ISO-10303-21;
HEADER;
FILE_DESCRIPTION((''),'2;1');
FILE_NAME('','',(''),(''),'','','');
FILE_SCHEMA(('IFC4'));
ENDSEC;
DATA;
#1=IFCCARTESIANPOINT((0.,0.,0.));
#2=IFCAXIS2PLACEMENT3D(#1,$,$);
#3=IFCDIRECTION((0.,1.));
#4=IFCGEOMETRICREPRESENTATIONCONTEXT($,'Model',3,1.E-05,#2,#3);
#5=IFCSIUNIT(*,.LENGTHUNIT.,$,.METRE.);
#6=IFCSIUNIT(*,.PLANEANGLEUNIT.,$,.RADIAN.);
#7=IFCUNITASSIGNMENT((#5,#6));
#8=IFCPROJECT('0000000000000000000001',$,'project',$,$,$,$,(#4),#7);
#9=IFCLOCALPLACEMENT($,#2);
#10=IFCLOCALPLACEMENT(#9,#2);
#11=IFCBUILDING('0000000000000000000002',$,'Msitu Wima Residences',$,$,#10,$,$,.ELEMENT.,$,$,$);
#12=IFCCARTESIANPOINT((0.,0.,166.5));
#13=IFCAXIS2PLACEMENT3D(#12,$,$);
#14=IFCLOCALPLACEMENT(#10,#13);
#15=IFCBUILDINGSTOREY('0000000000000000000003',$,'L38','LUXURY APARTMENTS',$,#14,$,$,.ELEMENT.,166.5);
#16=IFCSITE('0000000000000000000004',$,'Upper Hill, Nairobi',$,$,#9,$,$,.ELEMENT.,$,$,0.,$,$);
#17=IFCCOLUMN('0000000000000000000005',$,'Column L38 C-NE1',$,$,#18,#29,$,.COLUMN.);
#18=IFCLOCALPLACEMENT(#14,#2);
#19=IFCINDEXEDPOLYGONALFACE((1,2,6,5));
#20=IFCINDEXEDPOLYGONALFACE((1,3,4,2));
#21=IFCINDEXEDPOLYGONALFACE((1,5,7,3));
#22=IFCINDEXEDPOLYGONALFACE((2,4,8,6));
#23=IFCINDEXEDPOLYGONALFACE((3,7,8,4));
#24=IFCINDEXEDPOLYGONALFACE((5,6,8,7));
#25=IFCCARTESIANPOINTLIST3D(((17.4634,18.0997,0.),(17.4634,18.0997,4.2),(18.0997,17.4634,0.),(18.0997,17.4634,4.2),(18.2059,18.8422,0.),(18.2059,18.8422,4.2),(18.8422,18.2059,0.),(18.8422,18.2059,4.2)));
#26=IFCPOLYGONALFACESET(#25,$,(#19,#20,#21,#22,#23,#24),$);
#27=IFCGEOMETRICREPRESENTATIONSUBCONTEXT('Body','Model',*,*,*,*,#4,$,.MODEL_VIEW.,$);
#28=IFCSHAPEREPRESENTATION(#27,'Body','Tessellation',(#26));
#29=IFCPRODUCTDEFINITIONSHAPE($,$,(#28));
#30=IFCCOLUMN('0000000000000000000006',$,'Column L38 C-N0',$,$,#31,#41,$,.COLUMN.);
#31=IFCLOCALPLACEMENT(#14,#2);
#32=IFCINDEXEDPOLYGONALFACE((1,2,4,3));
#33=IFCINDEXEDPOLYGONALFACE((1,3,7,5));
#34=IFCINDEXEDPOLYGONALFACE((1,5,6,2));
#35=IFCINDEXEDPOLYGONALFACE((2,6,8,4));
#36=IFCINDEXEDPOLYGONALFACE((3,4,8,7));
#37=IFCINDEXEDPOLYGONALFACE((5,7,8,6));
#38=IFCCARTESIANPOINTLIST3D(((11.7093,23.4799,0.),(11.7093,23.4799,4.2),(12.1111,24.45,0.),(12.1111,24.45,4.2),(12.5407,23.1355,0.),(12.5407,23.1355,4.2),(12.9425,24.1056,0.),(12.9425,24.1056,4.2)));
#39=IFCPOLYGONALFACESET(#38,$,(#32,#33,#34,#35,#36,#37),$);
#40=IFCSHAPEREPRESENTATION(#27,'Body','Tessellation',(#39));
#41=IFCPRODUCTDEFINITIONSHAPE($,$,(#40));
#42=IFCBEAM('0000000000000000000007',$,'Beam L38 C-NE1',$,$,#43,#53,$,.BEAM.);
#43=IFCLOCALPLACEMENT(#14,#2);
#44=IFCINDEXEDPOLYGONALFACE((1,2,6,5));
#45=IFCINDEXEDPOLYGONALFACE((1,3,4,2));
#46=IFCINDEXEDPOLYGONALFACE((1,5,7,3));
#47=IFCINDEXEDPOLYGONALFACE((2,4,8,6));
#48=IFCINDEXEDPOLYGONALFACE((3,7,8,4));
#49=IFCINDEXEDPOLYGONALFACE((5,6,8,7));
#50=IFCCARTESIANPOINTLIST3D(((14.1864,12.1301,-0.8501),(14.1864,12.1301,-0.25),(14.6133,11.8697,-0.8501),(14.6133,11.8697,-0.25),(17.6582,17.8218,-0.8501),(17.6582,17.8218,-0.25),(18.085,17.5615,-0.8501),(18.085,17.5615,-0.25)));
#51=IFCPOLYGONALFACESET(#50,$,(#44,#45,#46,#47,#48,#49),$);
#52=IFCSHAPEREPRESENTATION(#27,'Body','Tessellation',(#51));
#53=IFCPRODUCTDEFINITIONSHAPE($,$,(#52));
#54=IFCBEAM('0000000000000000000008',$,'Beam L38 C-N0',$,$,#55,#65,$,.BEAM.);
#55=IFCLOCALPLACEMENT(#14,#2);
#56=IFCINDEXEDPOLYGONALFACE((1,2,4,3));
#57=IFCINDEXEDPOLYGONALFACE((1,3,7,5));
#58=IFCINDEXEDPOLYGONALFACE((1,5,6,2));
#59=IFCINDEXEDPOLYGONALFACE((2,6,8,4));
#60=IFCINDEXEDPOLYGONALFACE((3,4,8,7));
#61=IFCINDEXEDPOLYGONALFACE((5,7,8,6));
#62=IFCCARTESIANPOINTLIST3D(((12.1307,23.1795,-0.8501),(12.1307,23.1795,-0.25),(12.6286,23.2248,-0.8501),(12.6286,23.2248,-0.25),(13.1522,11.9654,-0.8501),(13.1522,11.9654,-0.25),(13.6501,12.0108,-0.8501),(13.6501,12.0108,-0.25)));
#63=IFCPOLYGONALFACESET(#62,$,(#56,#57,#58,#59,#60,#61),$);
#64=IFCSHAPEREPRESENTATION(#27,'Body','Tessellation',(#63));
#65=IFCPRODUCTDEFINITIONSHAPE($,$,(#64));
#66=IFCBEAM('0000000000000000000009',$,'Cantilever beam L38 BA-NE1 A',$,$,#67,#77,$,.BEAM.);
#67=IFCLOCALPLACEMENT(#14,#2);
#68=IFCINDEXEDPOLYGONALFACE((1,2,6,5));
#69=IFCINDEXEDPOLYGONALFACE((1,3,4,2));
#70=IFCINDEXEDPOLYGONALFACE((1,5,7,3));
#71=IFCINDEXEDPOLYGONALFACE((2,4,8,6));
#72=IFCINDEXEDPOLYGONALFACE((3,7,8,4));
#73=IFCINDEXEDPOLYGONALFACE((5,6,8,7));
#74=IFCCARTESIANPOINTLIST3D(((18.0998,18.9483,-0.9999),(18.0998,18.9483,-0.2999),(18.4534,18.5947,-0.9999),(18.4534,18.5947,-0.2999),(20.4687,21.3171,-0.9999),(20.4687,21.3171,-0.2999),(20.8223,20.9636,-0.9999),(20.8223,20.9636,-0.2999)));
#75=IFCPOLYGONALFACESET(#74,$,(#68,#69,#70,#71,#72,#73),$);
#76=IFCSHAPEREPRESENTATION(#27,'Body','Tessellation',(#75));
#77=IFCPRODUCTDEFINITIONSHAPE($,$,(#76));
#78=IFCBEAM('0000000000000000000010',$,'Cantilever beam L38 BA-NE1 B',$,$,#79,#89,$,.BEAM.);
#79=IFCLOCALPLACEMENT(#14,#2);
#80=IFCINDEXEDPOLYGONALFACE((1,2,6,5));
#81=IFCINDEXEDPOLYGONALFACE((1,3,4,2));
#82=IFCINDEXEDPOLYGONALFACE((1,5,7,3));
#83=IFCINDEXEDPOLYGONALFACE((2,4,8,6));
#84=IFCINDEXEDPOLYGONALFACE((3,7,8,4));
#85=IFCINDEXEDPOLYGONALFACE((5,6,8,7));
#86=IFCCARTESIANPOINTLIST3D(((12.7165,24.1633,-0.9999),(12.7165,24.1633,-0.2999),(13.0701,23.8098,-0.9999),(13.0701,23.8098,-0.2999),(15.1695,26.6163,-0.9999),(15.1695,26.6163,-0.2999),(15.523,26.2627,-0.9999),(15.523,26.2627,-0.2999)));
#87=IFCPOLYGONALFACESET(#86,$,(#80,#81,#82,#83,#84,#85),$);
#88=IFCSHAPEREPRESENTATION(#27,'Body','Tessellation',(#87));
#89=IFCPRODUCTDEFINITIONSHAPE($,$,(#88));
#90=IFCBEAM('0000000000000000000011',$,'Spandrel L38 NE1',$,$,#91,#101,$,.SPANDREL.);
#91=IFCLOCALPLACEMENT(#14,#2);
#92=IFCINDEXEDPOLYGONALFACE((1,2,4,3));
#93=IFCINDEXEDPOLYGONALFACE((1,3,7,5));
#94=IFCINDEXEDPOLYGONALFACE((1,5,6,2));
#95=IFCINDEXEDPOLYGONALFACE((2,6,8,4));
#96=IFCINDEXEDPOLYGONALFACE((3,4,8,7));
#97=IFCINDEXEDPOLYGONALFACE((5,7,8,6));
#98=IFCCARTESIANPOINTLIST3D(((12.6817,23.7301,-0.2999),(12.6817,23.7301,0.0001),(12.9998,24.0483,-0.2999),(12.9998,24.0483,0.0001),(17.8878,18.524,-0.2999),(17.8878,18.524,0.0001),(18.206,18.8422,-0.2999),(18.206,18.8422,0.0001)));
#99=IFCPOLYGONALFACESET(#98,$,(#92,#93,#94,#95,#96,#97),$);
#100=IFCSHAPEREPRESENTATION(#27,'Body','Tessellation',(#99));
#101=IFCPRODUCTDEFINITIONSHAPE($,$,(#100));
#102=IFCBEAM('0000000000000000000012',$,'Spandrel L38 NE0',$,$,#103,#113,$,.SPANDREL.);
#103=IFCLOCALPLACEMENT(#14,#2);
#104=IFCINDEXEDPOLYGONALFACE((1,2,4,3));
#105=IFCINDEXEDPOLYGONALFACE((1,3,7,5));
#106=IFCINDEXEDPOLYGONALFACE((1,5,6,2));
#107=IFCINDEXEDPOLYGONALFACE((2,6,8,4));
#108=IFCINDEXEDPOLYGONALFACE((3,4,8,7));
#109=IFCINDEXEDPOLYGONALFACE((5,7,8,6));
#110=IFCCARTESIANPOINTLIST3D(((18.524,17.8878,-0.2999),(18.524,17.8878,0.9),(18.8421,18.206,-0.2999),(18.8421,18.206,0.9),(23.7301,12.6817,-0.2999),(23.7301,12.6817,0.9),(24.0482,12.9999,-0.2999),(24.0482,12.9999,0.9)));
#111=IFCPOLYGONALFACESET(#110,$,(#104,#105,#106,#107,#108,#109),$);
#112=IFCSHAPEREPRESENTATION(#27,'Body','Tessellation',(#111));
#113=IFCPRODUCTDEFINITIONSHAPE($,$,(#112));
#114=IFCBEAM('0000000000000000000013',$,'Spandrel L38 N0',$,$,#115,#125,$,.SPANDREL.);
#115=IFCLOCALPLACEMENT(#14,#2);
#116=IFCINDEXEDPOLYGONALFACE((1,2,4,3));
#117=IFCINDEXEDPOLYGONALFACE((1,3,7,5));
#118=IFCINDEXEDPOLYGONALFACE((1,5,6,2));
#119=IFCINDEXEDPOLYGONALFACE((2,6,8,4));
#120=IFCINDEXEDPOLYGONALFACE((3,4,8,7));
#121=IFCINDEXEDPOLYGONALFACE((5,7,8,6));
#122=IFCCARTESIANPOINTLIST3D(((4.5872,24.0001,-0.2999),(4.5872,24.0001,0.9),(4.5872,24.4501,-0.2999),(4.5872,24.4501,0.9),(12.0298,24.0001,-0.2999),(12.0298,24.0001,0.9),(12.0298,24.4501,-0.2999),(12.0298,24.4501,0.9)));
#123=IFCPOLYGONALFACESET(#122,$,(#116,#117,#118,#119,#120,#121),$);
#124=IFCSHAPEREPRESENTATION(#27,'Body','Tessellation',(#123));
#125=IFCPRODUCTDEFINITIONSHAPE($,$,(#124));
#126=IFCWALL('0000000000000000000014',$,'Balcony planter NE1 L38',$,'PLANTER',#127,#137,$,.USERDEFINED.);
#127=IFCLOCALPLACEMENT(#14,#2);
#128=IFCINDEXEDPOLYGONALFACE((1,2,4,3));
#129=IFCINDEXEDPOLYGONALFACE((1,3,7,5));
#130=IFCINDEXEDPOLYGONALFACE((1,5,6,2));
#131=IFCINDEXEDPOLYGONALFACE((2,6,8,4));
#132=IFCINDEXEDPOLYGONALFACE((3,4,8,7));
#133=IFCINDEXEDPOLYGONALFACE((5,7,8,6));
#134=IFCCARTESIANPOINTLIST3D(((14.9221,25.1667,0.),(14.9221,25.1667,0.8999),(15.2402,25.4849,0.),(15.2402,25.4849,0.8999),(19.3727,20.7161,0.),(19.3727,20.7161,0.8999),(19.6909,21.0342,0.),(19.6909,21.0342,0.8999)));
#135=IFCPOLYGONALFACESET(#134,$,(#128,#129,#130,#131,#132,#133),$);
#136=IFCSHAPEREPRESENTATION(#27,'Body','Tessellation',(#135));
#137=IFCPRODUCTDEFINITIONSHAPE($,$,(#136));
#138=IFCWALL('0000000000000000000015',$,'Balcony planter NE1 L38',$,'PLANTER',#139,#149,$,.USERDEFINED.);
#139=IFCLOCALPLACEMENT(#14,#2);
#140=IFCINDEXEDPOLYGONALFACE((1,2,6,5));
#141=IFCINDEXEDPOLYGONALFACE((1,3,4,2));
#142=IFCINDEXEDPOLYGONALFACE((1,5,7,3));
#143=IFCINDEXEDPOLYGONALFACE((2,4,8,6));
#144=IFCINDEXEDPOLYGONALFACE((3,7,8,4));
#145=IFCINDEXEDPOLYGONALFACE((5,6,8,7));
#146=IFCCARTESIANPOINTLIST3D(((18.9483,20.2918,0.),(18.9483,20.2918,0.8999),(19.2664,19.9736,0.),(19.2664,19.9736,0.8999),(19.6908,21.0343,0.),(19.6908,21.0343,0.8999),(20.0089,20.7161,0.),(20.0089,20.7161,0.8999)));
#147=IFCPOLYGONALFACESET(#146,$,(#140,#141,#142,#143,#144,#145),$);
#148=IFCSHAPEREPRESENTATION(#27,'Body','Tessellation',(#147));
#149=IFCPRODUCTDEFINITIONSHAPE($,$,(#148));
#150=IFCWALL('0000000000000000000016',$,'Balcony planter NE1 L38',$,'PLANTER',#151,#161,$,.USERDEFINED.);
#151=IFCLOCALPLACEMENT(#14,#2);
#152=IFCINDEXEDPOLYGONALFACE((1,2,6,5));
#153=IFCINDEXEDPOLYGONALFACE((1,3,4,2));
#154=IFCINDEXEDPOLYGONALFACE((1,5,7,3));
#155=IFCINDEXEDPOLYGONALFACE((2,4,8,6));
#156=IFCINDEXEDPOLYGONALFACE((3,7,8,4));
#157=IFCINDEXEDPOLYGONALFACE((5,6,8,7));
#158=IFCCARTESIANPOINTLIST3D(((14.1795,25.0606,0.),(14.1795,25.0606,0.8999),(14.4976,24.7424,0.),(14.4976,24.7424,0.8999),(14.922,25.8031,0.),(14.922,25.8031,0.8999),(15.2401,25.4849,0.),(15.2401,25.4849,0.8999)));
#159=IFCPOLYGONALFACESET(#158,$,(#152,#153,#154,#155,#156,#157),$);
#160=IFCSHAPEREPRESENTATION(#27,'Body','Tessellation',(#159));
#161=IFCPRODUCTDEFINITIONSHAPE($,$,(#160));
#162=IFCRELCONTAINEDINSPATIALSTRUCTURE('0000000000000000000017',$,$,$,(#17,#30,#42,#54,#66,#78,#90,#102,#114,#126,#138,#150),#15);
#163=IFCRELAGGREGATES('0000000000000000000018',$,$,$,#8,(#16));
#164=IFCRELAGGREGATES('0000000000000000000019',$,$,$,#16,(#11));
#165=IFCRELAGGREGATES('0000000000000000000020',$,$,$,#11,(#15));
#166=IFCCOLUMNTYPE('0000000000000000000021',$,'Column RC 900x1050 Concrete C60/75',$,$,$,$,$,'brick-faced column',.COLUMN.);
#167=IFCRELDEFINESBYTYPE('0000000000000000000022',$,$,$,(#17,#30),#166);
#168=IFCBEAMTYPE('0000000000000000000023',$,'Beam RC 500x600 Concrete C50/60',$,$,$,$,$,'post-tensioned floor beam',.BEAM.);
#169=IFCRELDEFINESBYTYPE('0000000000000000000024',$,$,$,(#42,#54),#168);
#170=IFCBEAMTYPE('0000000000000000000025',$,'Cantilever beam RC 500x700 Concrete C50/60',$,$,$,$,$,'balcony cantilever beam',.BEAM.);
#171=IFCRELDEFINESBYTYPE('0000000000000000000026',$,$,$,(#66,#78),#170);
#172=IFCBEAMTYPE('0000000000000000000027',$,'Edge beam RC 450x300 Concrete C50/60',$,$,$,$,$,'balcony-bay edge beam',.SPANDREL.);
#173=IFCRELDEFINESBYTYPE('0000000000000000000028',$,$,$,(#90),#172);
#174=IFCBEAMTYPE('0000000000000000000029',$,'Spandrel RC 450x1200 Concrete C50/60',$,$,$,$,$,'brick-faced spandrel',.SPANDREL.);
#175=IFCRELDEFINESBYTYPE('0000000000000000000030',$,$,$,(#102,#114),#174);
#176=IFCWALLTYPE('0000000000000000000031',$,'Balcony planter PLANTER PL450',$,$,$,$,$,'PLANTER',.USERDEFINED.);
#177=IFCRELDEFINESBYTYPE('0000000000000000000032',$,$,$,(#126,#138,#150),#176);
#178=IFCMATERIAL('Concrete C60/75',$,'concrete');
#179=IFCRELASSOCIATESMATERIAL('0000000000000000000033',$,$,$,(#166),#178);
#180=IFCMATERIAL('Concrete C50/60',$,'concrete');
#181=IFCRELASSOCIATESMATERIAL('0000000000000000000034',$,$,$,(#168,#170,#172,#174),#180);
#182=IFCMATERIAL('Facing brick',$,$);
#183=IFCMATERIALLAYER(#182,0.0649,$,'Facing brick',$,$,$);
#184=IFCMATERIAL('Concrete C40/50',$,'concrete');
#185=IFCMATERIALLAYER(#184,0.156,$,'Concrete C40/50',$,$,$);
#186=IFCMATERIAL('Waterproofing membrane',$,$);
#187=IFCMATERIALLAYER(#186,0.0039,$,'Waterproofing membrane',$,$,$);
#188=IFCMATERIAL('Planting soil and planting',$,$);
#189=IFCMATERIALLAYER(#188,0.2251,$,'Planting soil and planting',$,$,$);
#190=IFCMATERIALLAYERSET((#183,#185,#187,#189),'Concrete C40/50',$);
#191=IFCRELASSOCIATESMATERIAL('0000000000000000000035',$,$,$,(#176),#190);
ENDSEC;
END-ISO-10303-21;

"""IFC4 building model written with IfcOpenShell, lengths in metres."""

from ifc_helpers import new_model, si_unit, direction, frame, frame_2d, origin, origin_2d, place, context, subcontext, project, spatial, rectangle, extrude, material, layer, layer_set, material_profile, profile_set, type_object, element, save


model = new_model("IFC4")

# Units and contexts
model_context = context("Model", 3, precision=1e-05, world=origin(), true_north=direction((0.0, 1.0)))
body_context = subcontext(model_context, "Body", "Model", "MODEL_VIEW")
ifc_project = project(units=[si_unit("LENGTHUNIT", "METRE"), si_unit("PLANEANGLEUNIT", "RADIAN")], contexts=[model_context])

# Site, building, storey
site_placement = place(None, origin())
site = spatial("IfcSite", under=ifc_project, at=site_placement, Name="Upper Hill, Nairobi", CompositionType="ELEMENT", RefElevation=0.0)
building_placement = place(site_placement, origin())
building = spatial("IfcBuilding", under=site, at=building_placement, Name="Msitu Wima Residences", CompositionType="ELEMENT")
storey_placement = place(building_placement, frame((0.0, 0.0, 166.5)))
storey = spatial("IfcBuildingStorey", under=building, at=storey_placement, Name="L38", Description="LUXURY APARTMENTS", CompositionType="ELEMENT", Elevation=166.5)

# Columns
ifc_material_1 = material(Name="Concrete C60/75", Category="concrete")
ifc_material_profile_1 = material_profile(ifc_material_1, rectangle(XDim=0.8999, YDim=1.05, at=origin_2d()), Name="RC 900x1050")
ifc_profile_set_1 = profile_set([ifc_material_profile_1], Name="Concrete C60/75")
column_type = type_object("IfcColumnType", Name="Column RC 900x1050 Concrete C60/75", ElementType="brick-faced column", PredefinedType="COLUMN", material=ifc_profile_set_1)
for number, where, z_axis, x_axis, name in (
    (1, (18.1528, 18.1528, 0.0), (0.0, 0.0, 1.0), (-0.707107, 0.707107, 0.0), "Column L38 C-NE1"),
    (2, (12.3259, 23.7927, 0.0), (0.0, 0.0, 1.0), (-0.92388, 0.382683, 0.0), "Column L38 C-N0"),
):
    element("IfcColumn", number, at=place(storey_placement, frame(where, z_axis=z_axis, x_axis=x_axis)), inside=storey, type_object=column_type, Name=name, PredefinedType="COLUMN", context=body_context, shape_type="SweptSolid", body=[
        extrude(rectangle(XDim=0.8999, YDim=1.05, at=origin_2d()), origin(), (0.0, 0.0, 1.0), 4.2),
    ])

# Beams
ifc_material_2 = material(Name="Concrete C50/60", Category="concrete")
ifc_material_profile_2 = material_profile(ifc_material_2, rectangle(XDim=0.5, YDim=0.6001, at=origin_2d()), Name="RC 500x600")
ifc_profile_set_2 = profile_set([ifc_material_profile_2], Name="Concrete C50/60")
beam_type_1 = type_object("IfcBeamType", Name="Beam RC 500x600 Concrete C50/60", ElementType="post-tensioned floor beam", PredefinedType="BEAM", material=ifc_profile_set_2)
beam_1_placement = place(storey_placement, frame((17.8716, 17.6917, -0.55), z_axis=(-0.520734, -0.853719, 0.0), x_axis=(0.853719, -0.520734, 0.0)))
element("IfcBeam", 3, at=beam_1_placement, inside=storey, type_object=beam_type_1, Name="Beam L38 C-NE1", PredefinedType="BEAM", context=body_context, shape_type="SweptSolid", body=[
    extrude(rectangle(XDim=0.5, YDim=0.6001, at=origin_2d()), origin(), (0.0, 0.0, 1.0), 6.667),
])
beam_2_placement = place(storey_placement, frame((12.3796, 23.2021, -0.55), z_axis=(0.090714, -0.995877, 0.0), x_axis=(0.995877, 0.090714, 0.0)))
element("IfcBeam", 4, at=beam_2_placement, inside=storey, type_object=beam_type_1, Name="Beam L38 C-N0", PredefinedType="BEAM", context=body_context, shape_type="SweptSolid", body=[
    extrude(rectangle(XDim=0.5, YDim=0.6001, at=origin_2d()), origin(), (0.0, 0.0, 1.0), 11.2605),
])
ifc_material_profile_3 = material_profile(ifc_material_2, rectangle(XDim=0.5, YDim=0.7, at=origin_2d()), Name="RC 500x700")
ifc_profile_set_3 = profile_set([ifc_material_profile_3], Name="Concrete C50/60")
beam_type_2 = type_object("IfcBeamType", Name="Cantilever beam RC 500x700 Concrete C50/60", ElementType="balcony cantilever beam", PredefinedType="BEAM", material=ifc_profile_set_3)
beam_3_placement = place(storey_placement, frame((18.2766, 18.7715, -0.6499), z_axis=(0.707107, 0.707107, 0.0), x_axis=(-0.707107, 0.707107, 0.0)))
element("IfcBeam", 5, at=beam_3_placement, inside=storey, type_object=beam_type_2, Name="Cantilever beam L38 BA-NE1 A", PredefinedType="BEAM", context=body_context, shape_type="SweptSolid", body=[
    extrude(rectangle(XDim=0.5, YDim=0.7, at=origin_2d()), origin(), (0.0, 0.0, 1.0), 3.3501),
])
beam_4_placement = place(storey_placement, frame((12.8933, 23.9866, -0.6499), z_axis=(0.707107, 0.707107, 0.0), x_axis=(-0.707107, 0.707107, 0.0)))
element("IfcBeam", 6, at=beam_4_placement, inside=storey, type_object=beam_type_2, Name="Cantilever beam L38 BA-NE1 B", PredefinedType="BEAM", context=body_context, shape_type="SweptSolid", body=[
    extrude(rectangle(XDim=0.5, YDim=0.7, at=origin_2d()), origin(), (0.0, 0.0, 1.0), 3.469),
])
ifc_material_profile_4 = material_profile(ifc_material_2, rectangle(XDim=0.45, YDim=0.3, at=origin_2d()), Name="RC 450x300")
ifc_profile_set_4 = profile_set([ifc_material_profile_4], Name="Concrete C50/60")
beam_type_3 = type_object("IfcBeamType", Name="Edge beam RC 450x300 Concrete C50/60", ElementType="balcony-bay edge beam", PredefinedType="SPANDREL", material=ifc_profile_set_4)
beam_5_placement = place(storey_placement, frame((18.0469, 18.6831, -0.1499), z_axis=(-0.707107, 0.707107, 0.0), x_axis=(-0.707107, -0.707107, 0.0)))
element("IfcBeam", 7, at=beam_5_placement, inside=storey, type_object=beam_type_3, Name="Spandrel L38 NE1", PredefinedType="SPANDREL", context=body_context, shape_type="SweptSolid", body=[
    extrude(rectangle(XDim=0.45, YDim=0.3, at=origin_2d()), origin(), (0.0, 0.0, 1.0), 7.3625),
])
ifc_material_profile_5 = material_profile(ifc_material_2, rectangle(XDim=0.45, YDim=1.2, at=origin_2d()), Name="RC 450x1200")
ifc_profile_set_5 = profile_set([ifc_material_profile_5], Name="Concrete C50/60")
beam_type_4 = type_object("IfcBeamType", Name="Spandrel RC 450x1200 Concrete C50/60", ElementType="brick-faced spandrel", PredefinedType="SPANDREL", material=ifc_profile_set_5)
beam_6_placement = place(storey_placement, frame((23.8892, 12.8408, 0.3), z_axis=(-0.707107, 0.707107, 0.0), x_axis=(-0.707107, -0.707107, 0.0)))
element("IfcBeam", 8, at=beam_6_placement, inside=storey, type_object=beam_type_4, Name="Spandrel L38 NE0", PredefinedType="SPANDREL", context=body_context, shape_type="SweptSolid", body=[
    extrude(rectangle(XDim=0.45, YDim=1.2, at=origin_2d()), origin(), (0.0, 0.0, 1.0), 7.3625),
])
beam_7_placement = place(storey_placement, frame((12.0298, 24.2251, 0.3), z_axis=(-1.0, 0.0, 0.0), x_axis=(0.0, -1.0, 0.0)))
element("IfcBeam", 9, at=beam_7_placement, inside=storey, type_object=beam_type_4, Name="Spandrel L38 N0", PredefinedType="SPANDREL", context=body_context, shape_type="SweptSolid", body=[
    extrude(rectangle(XDim=0.45, YDim=1.2, at=origin_2d()), origin(), (0.0, 0.0, 1.0), 7.4426),
])

# Walls
ifc_material_3 = material(Name="Facing brick")
ifc_layer_1 = layer(ifc_material_3, 0.0649, Name="Facing brick")
ifc_material_4 = material(Name="Concrete C40/50", Category="concrete")
ifc_layer_2 = layer(ifc_material_4, 0.156, Name="Concrete C40/50")
ifc_material_5 = material(Name="Waterproofing membrane")
ifc_layer_3 = layer(ifc_material_5, 0.0039, Name="Waterproofing membrane")
ifc_material_6 = material(Name="Planting soil and planting")
ifc_layer_4 = layer(ifc_material_6, 0.2251, Name="Planting soil and planting")
ifc_layer_set_1 = layer_set([ifc_layer_1, ifc_layer_2, ifc_layer_3, ifc_layer_4], Name="Concrete C40/50")
wall_type_1 = type_object("IfcWallType", Name="Balcony planter PLANTER PL450", ElementType="PLANTER", PredefinedType="USERDEFINED", material=ifc_layer_set_1)
wall_1_placement = place(storey_placement, frame((19.5317, 20.8752, 0.0), z_axis=(0.0, 0.0, 1.0), x_axis=(-0.707107, 0.707107, 0.0)))
element("IfcWall", 10, at=wall_1_placement, inside=storey, type_object=wall_type_1, Name="Balcony planter NE1 L38", ObjectType="PLANTER", PredefinedType="USERDEFINED", context=body_context, shape_type="SweptSolid", body=[
    extrude(rectangle(XDim=6.2942, YDim=0.45, at=frame_2d((3.147, 0.0))), origin(), (0.0, 0.0, 1.0), 0.8999),
])
for number, where, z_axis, x_axis, name in (
    (11, (19.1074, 20.1328, 0.0), (0.0, 0.0, 1.0), (0.707107, 0.707107, 0.0), "Balcony planter NE1 L38"),
    (12, (14.3386, 24.9016, 0.0), (0.0, 0.0, 1.0), (0.707107, 0.707107, 0.0), "Balcony planter NE1 L38"),
):
    element("IfcWall", number, at=place(storey_placement, frame(where, z_axis=z_axis, x_axis=x_axis)), inside=storey, type_object=wall_type_1, Name=name, ObjectType="PLANTER", PredefinedType="USERDEFINED", context=body_context, shape_type="SweptSolid", body=[
        extrude(rectangle(XDim=1.05, YDim=0.45, at=frame_2d((0.5249, 0.0))), origin(), (0.0, 0.0, 1.0), 0.8999),
    ])

save(model, "model.ifc")
